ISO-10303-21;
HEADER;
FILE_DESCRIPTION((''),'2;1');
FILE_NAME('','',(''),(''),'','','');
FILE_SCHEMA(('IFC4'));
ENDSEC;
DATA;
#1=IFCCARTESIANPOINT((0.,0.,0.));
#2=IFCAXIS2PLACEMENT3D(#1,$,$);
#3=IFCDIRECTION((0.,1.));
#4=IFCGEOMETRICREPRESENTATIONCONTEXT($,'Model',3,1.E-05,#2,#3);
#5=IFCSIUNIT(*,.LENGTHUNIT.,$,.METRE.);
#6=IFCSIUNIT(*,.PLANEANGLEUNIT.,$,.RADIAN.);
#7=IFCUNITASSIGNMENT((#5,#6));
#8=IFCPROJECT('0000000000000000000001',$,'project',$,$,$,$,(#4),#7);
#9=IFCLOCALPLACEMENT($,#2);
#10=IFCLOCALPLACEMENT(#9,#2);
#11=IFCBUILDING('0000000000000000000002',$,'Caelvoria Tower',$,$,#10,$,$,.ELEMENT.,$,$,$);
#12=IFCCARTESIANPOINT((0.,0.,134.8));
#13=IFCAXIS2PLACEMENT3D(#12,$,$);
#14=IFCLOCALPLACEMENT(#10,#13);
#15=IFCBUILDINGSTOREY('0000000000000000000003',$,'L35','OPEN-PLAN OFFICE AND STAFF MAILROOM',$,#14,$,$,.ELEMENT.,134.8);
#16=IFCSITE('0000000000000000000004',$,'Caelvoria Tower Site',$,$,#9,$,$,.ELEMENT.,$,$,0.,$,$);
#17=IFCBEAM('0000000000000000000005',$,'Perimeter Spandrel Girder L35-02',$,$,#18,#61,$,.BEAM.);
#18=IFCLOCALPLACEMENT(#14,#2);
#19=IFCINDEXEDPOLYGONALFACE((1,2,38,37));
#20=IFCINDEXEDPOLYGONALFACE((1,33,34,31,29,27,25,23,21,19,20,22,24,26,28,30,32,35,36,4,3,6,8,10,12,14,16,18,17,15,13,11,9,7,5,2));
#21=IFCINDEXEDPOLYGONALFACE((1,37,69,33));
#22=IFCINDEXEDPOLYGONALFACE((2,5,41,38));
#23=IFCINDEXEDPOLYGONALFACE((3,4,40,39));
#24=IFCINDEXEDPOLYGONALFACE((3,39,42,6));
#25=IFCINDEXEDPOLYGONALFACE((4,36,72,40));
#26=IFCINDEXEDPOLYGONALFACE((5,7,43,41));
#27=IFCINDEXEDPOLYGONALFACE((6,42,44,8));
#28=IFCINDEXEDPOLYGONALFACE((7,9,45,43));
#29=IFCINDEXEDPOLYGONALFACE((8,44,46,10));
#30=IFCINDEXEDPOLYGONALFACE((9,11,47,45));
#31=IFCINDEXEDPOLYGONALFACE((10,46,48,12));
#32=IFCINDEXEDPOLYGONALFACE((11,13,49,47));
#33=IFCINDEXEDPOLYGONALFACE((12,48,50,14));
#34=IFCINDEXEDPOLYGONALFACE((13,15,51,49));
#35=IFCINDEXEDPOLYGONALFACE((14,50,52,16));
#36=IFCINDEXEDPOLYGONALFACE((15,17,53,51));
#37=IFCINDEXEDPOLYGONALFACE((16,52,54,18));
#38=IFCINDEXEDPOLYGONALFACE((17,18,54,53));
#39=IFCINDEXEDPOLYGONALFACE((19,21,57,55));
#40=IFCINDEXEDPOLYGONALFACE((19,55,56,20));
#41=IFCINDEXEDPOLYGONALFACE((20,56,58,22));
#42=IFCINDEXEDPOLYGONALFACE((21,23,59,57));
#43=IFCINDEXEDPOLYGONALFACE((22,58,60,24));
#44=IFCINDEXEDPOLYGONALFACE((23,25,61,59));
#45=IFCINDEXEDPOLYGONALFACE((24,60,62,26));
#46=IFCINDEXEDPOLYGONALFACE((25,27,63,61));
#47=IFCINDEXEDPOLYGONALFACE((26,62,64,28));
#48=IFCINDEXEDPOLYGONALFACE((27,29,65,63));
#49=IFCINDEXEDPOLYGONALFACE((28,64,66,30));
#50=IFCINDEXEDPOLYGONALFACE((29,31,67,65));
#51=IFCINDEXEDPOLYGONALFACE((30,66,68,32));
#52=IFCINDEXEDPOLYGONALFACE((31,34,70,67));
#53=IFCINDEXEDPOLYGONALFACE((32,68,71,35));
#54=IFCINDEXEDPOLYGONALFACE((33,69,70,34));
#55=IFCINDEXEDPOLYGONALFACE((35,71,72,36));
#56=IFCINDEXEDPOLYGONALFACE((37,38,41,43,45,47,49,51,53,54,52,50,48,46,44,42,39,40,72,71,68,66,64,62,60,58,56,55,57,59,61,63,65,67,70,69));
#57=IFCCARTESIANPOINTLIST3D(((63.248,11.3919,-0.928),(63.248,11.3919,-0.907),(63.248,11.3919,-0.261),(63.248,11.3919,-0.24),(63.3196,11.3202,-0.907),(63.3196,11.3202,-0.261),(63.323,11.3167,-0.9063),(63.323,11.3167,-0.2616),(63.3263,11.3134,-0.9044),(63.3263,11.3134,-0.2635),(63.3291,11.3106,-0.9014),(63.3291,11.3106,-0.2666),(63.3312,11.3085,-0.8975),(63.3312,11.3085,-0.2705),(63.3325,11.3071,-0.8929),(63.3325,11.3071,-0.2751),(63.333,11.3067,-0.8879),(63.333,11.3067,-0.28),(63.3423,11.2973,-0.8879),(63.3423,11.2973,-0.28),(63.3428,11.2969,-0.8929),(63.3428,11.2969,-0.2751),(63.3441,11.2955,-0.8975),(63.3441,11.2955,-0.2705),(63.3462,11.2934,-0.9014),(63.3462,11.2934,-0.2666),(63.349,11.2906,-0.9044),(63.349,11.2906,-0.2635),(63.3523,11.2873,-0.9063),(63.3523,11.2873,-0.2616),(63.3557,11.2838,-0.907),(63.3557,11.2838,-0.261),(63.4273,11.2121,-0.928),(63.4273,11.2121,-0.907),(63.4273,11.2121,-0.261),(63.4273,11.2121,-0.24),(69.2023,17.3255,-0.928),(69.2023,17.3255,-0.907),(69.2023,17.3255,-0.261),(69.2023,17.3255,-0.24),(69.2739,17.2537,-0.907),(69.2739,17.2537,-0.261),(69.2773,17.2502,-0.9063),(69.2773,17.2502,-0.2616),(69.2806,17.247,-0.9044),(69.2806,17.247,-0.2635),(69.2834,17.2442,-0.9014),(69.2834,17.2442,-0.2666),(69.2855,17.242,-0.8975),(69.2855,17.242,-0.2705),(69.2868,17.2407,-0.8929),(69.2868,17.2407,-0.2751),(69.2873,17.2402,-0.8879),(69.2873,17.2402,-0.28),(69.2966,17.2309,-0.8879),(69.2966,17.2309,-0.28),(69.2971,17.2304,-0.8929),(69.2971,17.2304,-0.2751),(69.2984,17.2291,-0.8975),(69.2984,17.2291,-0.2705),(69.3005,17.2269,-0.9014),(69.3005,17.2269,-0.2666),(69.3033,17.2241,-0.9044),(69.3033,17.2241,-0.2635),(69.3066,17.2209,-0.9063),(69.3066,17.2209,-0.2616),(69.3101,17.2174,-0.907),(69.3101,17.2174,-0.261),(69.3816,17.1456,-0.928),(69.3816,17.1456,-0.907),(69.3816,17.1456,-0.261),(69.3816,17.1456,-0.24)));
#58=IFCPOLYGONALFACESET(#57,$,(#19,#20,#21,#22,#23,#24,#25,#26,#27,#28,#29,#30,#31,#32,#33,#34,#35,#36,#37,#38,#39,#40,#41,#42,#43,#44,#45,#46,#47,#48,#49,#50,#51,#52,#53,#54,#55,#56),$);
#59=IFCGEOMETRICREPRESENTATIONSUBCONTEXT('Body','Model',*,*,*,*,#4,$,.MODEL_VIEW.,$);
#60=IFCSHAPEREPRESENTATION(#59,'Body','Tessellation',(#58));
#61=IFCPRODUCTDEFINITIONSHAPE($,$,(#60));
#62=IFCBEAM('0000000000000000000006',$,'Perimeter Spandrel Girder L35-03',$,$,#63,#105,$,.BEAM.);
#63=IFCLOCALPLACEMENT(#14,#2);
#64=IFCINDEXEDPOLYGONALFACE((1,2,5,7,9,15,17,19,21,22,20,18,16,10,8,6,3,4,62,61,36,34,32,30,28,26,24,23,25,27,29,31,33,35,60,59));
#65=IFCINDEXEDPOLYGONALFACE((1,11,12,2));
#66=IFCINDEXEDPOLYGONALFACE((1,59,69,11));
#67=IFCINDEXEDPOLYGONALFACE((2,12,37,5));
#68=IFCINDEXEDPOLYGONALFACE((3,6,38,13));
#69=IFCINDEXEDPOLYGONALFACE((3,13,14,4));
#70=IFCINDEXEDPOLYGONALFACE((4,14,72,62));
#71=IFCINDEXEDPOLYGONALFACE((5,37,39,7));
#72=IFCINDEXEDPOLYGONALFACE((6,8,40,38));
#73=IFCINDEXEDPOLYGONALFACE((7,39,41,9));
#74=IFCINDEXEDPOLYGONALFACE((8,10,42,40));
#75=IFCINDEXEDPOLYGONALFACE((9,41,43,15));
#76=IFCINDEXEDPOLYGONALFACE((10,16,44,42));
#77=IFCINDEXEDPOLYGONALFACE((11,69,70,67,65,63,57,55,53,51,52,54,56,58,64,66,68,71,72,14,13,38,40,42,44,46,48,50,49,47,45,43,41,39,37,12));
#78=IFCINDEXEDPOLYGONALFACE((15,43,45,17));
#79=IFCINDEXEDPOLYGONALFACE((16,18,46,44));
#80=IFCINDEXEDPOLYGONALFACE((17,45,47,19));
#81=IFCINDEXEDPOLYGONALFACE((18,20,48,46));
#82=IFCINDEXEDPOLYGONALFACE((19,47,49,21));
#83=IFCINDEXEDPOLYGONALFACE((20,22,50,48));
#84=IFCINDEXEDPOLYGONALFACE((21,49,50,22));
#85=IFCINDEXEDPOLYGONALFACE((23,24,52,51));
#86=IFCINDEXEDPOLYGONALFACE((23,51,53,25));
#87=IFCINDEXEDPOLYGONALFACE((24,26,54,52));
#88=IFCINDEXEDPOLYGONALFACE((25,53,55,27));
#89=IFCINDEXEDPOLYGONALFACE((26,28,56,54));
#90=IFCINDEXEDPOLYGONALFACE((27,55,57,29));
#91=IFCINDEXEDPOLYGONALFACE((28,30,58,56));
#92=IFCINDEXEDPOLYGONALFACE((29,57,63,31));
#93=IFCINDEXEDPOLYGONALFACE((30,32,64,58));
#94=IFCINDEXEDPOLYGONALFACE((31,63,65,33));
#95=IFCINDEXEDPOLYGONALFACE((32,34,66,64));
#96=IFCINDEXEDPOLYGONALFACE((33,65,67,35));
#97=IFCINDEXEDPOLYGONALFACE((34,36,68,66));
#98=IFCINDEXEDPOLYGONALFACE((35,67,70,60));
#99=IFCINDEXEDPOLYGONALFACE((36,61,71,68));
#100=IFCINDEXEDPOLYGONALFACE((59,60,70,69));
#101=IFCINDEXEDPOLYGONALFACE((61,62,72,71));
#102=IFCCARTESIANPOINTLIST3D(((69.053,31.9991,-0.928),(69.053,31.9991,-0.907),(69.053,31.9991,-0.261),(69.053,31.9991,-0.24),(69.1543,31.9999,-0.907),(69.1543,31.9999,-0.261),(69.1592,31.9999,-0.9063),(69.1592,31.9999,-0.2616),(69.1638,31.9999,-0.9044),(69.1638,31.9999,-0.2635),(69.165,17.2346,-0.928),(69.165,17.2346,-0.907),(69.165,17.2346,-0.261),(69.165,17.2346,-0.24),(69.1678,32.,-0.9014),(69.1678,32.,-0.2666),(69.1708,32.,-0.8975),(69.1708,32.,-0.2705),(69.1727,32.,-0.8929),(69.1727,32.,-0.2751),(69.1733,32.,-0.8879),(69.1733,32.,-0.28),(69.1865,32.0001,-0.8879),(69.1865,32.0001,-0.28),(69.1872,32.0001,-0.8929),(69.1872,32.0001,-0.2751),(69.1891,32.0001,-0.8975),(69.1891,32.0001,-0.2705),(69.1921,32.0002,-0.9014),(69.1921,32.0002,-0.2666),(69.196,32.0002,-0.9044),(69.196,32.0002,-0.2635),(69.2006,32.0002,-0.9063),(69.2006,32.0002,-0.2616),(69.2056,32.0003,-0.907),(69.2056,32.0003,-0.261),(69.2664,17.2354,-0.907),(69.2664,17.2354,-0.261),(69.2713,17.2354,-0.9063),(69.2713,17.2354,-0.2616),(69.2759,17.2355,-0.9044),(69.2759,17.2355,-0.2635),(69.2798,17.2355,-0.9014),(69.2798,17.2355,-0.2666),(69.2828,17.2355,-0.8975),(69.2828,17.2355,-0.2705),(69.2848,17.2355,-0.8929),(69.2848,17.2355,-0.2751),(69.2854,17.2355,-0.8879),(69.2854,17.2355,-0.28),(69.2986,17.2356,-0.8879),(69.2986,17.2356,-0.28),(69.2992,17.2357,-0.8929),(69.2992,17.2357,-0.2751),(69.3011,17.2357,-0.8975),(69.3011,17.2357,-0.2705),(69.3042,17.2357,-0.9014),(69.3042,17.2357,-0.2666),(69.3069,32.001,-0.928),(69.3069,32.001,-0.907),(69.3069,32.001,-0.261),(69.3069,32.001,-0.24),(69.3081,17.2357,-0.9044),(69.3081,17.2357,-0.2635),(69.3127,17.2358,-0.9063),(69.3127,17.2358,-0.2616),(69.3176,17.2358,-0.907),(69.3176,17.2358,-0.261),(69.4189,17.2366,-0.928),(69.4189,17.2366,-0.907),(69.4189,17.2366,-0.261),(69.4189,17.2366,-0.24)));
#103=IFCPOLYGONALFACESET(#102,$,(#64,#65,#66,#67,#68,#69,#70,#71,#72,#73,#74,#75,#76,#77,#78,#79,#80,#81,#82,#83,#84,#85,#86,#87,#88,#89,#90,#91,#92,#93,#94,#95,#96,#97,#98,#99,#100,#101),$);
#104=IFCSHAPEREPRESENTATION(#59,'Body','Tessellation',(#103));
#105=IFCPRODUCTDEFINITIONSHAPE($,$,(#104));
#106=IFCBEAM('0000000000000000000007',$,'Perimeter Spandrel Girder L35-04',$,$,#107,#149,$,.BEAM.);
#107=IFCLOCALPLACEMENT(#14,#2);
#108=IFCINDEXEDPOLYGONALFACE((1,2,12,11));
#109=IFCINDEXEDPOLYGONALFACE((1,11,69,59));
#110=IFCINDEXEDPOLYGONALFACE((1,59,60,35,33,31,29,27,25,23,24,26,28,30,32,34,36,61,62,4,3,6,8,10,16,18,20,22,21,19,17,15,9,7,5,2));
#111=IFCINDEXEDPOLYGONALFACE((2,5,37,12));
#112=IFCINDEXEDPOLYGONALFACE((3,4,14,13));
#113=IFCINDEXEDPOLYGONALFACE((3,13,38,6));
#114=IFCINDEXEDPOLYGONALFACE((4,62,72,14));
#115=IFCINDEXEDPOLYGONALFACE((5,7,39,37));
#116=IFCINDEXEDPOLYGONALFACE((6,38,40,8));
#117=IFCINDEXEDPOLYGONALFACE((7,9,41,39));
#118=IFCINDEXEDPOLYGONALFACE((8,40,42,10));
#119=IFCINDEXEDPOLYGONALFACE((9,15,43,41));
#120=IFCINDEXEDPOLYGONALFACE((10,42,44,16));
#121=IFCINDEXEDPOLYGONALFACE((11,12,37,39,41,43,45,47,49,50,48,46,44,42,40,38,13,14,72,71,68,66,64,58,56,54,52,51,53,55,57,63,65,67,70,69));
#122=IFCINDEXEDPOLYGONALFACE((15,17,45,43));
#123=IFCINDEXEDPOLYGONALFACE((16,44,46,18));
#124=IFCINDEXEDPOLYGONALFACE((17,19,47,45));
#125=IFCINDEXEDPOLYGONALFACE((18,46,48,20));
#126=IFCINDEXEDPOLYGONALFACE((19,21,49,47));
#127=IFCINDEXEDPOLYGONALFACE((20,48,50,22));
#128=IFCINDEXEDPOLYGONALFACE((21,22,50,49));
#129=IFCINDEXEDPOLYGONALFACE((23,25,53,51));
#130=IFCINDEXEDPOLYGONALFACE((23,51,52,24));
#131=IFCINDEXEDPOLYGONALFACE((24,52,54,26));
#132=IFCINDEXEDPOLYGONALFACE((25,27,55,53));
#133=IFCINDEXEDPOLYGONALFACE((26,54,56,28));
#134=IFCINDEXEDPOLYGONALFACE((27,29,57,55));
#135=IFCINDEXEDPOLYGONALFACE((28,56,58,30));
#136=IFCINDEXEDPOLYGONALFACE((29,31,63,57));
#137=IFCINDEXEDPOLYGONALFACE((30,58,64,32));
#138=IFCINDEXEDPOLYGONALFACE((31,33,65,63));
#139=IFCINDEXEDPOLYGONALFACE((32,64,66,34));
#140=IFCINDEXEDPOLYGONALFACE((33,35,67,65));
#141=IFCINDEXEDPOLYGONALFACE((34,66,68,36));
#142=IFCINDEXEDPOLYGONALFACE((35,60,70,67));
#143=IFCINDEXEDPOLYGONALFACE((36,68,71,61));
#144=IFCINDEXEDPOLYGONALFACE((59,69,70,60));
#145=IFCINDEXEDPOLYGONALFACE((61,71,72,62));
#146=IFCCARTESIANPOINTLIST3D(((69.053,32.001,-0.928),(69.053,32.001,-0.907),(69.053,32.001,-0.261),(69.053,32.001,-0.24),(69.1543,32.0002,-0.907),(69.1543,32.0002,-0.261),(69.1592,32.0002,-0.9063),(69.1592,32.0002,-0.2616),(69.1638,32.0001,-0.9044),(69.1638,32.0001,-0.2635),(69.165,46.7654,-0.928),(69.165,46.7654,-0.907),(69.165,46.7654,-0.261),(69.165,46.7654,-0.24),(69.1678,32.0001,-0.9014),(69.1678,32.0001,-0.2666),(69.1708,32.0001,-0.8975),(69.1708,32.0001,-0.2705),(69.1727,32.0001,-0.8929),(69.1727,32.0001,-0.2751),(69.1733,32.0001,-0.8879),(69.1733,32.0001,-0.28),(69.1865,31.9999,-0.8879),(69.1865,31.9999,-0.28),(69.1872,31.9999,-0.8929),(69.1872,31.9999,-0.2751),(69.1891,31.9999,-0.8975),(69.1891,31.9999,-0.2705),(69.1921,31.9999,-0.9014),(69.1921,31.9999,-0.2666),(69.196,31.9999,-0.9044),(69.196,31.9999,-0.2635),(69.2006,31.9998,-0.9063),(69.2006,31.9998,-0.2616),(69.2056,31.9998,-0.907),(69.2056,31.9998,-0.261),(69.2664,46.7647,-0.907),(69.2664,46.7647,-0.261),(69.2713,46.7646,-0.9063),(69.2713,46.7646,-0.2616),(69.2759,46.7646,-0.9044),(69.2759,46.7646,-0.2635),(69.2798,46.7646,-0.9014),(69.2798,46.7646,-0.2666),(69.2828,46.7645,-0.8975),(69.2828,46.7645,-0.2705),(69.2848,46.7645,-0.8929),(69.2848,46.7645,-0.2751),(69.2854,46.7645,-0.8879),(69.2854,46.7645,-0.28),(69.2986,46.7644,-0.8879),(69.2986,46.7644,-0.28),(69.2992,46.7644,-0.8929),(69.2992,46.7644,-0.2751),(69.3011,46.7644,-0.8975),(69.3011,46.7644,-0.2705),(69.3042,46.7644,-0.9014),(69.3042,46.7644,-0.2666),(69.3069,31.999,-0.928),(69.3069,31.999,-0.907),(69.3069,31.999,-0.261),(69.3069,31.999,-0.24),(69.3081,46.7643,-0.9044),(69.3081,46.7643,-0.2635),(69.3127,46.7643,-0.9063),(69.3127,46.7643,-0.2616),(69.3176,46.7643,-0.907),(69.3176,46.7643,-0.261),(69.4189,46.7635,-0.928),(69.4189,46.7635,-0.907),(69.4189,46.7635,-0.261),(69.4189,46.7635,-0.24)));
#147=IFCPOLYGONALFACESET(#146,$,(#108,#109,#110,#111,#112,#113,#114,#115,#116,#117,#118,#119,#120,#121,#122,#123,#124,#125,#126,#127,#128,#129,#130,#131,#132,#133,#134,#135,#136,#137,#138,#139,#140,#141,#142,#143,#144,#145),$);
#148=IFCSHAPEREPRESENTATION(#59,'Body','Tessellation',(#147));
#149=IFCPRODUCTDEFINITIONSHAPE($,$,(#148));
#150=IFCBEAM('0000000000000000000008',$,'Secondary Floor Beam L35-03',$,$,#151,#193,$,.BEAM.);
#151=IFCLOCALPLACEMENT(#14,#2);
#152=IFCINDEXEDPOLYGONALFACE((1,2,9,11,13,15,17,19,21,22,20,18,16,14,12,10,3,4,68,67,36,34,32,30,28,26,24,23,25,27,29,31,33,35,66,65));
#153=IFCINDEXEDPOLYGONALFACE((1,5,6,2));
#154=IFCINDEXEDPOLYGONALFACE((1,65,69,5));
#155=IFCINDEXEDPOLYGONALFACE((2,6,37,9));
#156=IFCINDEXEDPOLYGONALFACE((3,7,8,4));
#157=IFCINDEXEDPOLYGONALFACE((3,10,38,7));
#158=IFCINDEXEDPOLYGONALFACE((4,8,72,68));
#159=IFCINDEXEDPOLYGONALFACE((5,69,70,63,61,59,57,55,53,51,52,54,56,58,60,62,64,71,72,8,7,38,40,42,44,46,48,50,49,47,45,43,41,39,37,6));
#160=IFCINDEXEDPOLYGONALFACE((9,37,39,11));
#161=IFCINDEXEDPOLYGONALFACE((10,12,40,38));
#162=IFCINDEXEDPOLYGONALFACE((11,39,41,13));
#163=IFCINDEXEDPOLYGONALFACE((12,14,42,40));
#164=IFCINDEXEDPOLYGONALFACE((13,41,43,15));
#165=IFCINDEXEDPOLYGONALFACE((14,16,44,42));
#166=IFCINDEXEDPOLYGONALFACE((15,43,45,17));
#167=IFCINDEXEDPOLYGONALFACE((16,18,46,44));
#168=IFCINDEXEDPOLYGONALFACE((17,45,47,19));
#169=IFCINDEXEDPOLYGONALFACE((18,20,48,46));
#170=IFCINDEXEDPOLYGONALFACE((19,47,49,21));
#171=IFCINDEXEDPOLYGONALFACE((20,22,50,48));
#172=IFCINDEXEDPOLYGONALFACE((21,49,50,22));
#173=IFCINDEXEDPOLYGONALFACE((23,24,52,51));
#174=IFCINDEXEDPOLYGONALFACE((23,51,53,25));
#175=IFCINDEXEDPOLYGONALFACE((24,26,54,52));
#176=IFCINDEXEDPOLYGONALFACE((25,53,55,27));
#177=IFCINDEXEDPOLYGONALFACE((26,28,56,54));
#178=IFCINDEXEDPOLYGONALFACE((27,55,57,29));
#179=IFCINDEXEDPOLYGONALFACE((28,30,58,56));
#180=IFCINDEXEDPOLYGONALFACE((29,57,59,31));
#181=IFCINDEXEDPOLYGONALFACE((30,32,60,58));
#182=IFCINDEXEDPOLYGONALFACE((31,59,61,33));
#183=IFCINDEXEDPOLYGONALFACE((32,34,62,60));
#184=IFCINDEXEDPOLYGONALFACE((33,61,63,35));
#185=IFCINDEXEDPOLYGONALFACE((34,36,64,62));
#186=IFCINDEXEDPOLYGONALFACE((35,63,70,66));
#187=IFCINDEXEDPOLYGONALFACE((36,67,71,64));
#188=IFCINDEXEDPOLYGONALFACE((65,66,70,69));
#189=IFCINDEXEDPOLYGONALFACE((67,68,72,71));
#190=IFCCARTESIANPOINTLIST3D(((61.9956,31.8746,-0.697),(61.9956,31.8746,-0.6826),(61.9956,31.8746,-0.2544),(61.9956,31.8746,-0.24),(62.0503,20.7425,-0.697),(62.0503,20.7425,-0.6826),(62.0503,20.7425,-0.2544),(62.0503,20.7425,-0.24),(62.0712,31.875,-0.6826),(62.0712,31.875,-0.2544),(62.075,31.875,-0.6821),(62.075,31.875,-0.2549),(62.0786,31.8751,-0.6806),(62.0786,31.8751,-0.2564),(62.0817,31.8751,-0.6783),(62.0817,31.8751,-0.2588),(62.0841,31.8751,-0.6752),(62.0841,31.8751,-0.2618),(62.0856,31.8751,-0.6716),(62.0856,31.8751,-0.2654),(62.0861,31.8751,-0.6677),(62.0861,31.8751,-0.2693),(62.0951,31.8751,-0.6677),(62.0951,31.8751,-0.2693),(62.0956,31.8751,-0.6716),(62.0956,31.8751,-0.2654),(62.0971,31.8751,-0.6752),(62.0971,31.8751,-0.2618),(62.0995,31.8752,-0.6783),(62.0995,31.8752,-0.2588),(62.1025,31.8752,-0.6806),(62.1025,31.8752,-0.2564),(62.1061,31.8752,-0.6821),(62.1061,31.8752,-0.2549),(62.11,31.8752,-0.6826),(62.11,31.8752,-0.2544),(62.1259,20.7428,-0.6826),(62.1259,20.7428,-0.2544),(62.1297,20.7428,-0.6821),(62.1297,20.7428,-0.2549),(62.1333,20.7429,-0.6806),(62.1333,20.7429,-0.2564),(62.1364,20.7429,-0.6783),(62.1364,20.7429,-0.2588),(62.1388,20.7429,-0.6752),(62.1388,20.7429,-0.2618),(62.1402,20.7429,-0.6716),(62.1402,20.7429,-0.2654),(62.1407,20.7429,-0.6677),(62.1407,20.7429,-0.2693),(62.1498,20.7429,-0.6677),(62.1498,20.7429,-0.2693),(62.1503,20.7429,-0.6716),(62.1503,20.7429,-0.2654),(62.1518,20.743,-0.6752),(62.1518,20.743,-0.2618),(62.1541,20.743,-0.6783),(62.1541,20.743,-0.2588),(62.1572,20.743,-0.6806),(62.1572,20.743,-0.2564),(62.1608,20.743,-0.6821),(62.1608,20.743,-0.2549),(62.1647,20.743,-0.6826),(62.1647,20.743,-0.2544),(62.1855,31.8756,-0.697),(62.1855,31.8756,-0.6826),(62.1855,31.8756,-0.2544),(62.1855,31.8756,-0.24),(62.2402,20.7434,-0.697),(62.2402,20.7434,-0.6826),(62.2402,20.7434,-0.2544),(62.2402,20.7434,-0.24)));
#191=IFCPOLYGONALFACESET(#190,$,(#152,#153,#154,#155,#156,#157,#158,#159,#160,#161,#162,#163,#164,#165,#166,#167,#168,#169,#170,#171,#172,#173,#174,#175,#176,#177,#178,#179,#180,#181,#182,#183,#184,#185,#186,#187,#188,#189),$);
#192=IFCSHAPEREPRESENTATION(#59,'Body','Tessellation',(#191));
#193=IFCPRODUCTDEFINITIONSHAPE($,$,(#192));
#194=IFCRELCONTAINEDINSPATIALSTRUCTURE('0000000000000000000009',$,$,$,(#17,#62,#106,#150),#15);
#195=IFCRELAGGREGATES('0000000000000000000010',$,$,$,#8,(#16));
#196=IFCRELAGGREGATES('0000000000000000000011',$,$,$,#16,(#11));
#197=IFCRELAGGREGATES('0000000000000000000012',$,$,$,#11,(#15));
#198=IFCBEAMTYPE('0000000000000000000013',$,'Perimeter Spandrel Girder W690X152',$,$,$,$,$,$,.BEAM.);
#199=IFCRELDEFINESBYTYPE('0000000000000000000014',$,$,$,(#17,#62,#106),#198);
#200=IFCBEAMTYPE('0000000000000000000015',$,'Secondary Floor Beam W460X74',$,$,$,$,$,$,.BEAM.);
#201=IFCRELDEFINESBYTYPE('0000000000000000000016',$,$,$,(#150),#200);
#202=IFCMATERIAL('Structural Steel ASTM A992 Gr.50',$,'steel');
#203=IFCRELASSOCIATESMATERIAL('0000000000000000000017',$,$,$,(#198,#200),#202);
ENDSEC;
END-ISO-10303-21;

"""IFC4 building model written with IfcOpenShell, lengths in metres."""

from ifc_helpers import new_model, si_unit, direction, frame, origin, origin_2d, place, context, subcontext, project, spatial, i_section, extrude, material, material_profile, profile_set, type_object, element, save


model = new_model("IFC4")

# Units and contexts
model_context = context("Model", 3, precision=1e-05, world=origin(), true_north=direction((0.0, 1.0)))
body_context = subcontext(model_context, "Body", "Model", "MODEL_VIEW")
ifc_project = project(units=[si_unit("LENGTHUNIT", "METRE"), si_unit("PLANEANGLEUNIT", "RADIAN")], contexts=[model_context])

# Site, building, storey
site_placement = place(None, origin())
site = spatial("IfcSite", under=ifc_project, at=site_placement, Name="Caelvoria Tower Site", CompositionType="ELEMENT", RefElevation=0.0)
building_placement = place(site_placement, origin())
building = spatial("IfcBuilding", under=site, at=building_placement, Name="Caelvoria Tower", CompositionType="ELEMENT")
storey_placement = place(building_placement, frame((0.0, 0.0, 134.8)))
storey = spatial("IfcBuildingStorey", under=building, at=storey_placement, Name="L35", Description="OPEN-PLAN OFFICE AND STAFF MAILROOM", CompositionType="ELEMENT", Elevation=134.8)

# Beams
ifc_material_1 = material(Name="Structural Steel ASTM A992 Gr.50", Category="steel")
ifc_material_profile_1 = material_profile(ifc_material_1, i_section(OverallWidth=0.2539, OverallDepth=0.688, WebThickness=0.0132, FlangeThickness=0.021, FilletRadius=0.019, at=origin_2d()), Name="Structural Steel ASTM A992 Gr.50")
ifc_profile_set_1 = profile_set([ifc_material_profile_1], Name="W690X152 - Structural Steel ASTM A992 Gr.50")
beam_type_1 = type_object("IfcBeamType", Name="Perimeter Spandrel Girder W690X152", PredefinedType="BEAM", material=ifc_profile_set_1)
beam_1_placement = place(storey_placement, frame((63.3376, 11.302, -0.584), z_axis=(0.70834, 0.705871, 0.0), x_axis=(-0.705871, 0.70834, 0.0)))
element("IfcBeam", 1, at=beam_1_placement, inside=storey, type_object=beam_type_1, Name="Perimeter Spandrel Girder L35-02", PredefinedType="BEAM", context=body_context, shape_type="SweptSolid", body=[
    extrude(i_section(OverallWidth=0.2539, OverallDepth=0.688, WebThickness=0.0132, FlangeThickness=0.021, FilletRadius=0.019, at=origin_2d()), origin(), (0.0, 0.0, 1.0), 8.406),
])
for number, where, z_axis, x_axis, name in (
    (2, (69.292, 17.2356, -0.584), (-0.00759, 0.999971, 0.0), (-0.999971, -0.00759, 0.0), "Perimeter Spandrel Girder L35-03"),
    (3, (69.1799, 32.0, -0.584), (0.00759, 0.999971, 0.0), (-0.999971, 0.00759, 0.0), "Perimeter Spandrel Girder L35-04"),
):
    element("IfcBeam", number, at=place(storey_placement, frame(where, z_axis=z_axis, x_axis=x_axis)), inside=storey, type_object=beam_type_1, Name=name, PredefinedType="BEAM", context=body_context, shape_type="SweptSolid", body=[
        extrude(i_section(OverallWidth=0.2539, OverallDepth=0.688, WebThickness=0.0132, FlangeThickness=0.021, FilletRadius=0.019, at=origin_2d()), origin(), (0.0, 0.0, 1.0), 14.7649),
    ])
ifc_material_profile_2 = material_profile(ifc_material_1, i_section(OverallWidth=0.1899, OverallDepth=0.457, WebThickness=0.009, FlangeThickness=0.0144, FilletRadius=0.0149, at=origin_2d()), Name="Structural Steel ASTM A992 Gr.50")
ifc_profile_set_2 = profile_set([ifc_material_profile_2], Name="W460X74 - Structural Steel ASTM A992 Gr.50")
beam_type_2 = type_object("IfcBeamType", Name="Secondary Floor Beam W460X74", PredefinedType="BEAM", material=ifc_profile_set_2)
beam_2_placement = place(storey_placement, frame((62.1453, 20.7429, -0.4685), z_axis=(-0.004913, 0.999988, 0.0), x_axis=(-0.999988, -0.004913, 0.0)))
element("IfcBeam", 4, at=beam_2_placement, inside=storey, type_object=beam_type_2, Name="Secondary Floor Beam L35-03", PredefinedType="BEAM", context=body_context, shape_type="SweptSolid", body=[
    extrude(i_section(OverallWidth=0.1899, OverallDepth=0.457, WebThickness=0.009, FlangeThickness=0.0144, FilletRadius=0.0149, at=origin_2d()), origin(), (0.0, 0.0, 1.0), 11.1323),
])

save(model, "model.ifc")
